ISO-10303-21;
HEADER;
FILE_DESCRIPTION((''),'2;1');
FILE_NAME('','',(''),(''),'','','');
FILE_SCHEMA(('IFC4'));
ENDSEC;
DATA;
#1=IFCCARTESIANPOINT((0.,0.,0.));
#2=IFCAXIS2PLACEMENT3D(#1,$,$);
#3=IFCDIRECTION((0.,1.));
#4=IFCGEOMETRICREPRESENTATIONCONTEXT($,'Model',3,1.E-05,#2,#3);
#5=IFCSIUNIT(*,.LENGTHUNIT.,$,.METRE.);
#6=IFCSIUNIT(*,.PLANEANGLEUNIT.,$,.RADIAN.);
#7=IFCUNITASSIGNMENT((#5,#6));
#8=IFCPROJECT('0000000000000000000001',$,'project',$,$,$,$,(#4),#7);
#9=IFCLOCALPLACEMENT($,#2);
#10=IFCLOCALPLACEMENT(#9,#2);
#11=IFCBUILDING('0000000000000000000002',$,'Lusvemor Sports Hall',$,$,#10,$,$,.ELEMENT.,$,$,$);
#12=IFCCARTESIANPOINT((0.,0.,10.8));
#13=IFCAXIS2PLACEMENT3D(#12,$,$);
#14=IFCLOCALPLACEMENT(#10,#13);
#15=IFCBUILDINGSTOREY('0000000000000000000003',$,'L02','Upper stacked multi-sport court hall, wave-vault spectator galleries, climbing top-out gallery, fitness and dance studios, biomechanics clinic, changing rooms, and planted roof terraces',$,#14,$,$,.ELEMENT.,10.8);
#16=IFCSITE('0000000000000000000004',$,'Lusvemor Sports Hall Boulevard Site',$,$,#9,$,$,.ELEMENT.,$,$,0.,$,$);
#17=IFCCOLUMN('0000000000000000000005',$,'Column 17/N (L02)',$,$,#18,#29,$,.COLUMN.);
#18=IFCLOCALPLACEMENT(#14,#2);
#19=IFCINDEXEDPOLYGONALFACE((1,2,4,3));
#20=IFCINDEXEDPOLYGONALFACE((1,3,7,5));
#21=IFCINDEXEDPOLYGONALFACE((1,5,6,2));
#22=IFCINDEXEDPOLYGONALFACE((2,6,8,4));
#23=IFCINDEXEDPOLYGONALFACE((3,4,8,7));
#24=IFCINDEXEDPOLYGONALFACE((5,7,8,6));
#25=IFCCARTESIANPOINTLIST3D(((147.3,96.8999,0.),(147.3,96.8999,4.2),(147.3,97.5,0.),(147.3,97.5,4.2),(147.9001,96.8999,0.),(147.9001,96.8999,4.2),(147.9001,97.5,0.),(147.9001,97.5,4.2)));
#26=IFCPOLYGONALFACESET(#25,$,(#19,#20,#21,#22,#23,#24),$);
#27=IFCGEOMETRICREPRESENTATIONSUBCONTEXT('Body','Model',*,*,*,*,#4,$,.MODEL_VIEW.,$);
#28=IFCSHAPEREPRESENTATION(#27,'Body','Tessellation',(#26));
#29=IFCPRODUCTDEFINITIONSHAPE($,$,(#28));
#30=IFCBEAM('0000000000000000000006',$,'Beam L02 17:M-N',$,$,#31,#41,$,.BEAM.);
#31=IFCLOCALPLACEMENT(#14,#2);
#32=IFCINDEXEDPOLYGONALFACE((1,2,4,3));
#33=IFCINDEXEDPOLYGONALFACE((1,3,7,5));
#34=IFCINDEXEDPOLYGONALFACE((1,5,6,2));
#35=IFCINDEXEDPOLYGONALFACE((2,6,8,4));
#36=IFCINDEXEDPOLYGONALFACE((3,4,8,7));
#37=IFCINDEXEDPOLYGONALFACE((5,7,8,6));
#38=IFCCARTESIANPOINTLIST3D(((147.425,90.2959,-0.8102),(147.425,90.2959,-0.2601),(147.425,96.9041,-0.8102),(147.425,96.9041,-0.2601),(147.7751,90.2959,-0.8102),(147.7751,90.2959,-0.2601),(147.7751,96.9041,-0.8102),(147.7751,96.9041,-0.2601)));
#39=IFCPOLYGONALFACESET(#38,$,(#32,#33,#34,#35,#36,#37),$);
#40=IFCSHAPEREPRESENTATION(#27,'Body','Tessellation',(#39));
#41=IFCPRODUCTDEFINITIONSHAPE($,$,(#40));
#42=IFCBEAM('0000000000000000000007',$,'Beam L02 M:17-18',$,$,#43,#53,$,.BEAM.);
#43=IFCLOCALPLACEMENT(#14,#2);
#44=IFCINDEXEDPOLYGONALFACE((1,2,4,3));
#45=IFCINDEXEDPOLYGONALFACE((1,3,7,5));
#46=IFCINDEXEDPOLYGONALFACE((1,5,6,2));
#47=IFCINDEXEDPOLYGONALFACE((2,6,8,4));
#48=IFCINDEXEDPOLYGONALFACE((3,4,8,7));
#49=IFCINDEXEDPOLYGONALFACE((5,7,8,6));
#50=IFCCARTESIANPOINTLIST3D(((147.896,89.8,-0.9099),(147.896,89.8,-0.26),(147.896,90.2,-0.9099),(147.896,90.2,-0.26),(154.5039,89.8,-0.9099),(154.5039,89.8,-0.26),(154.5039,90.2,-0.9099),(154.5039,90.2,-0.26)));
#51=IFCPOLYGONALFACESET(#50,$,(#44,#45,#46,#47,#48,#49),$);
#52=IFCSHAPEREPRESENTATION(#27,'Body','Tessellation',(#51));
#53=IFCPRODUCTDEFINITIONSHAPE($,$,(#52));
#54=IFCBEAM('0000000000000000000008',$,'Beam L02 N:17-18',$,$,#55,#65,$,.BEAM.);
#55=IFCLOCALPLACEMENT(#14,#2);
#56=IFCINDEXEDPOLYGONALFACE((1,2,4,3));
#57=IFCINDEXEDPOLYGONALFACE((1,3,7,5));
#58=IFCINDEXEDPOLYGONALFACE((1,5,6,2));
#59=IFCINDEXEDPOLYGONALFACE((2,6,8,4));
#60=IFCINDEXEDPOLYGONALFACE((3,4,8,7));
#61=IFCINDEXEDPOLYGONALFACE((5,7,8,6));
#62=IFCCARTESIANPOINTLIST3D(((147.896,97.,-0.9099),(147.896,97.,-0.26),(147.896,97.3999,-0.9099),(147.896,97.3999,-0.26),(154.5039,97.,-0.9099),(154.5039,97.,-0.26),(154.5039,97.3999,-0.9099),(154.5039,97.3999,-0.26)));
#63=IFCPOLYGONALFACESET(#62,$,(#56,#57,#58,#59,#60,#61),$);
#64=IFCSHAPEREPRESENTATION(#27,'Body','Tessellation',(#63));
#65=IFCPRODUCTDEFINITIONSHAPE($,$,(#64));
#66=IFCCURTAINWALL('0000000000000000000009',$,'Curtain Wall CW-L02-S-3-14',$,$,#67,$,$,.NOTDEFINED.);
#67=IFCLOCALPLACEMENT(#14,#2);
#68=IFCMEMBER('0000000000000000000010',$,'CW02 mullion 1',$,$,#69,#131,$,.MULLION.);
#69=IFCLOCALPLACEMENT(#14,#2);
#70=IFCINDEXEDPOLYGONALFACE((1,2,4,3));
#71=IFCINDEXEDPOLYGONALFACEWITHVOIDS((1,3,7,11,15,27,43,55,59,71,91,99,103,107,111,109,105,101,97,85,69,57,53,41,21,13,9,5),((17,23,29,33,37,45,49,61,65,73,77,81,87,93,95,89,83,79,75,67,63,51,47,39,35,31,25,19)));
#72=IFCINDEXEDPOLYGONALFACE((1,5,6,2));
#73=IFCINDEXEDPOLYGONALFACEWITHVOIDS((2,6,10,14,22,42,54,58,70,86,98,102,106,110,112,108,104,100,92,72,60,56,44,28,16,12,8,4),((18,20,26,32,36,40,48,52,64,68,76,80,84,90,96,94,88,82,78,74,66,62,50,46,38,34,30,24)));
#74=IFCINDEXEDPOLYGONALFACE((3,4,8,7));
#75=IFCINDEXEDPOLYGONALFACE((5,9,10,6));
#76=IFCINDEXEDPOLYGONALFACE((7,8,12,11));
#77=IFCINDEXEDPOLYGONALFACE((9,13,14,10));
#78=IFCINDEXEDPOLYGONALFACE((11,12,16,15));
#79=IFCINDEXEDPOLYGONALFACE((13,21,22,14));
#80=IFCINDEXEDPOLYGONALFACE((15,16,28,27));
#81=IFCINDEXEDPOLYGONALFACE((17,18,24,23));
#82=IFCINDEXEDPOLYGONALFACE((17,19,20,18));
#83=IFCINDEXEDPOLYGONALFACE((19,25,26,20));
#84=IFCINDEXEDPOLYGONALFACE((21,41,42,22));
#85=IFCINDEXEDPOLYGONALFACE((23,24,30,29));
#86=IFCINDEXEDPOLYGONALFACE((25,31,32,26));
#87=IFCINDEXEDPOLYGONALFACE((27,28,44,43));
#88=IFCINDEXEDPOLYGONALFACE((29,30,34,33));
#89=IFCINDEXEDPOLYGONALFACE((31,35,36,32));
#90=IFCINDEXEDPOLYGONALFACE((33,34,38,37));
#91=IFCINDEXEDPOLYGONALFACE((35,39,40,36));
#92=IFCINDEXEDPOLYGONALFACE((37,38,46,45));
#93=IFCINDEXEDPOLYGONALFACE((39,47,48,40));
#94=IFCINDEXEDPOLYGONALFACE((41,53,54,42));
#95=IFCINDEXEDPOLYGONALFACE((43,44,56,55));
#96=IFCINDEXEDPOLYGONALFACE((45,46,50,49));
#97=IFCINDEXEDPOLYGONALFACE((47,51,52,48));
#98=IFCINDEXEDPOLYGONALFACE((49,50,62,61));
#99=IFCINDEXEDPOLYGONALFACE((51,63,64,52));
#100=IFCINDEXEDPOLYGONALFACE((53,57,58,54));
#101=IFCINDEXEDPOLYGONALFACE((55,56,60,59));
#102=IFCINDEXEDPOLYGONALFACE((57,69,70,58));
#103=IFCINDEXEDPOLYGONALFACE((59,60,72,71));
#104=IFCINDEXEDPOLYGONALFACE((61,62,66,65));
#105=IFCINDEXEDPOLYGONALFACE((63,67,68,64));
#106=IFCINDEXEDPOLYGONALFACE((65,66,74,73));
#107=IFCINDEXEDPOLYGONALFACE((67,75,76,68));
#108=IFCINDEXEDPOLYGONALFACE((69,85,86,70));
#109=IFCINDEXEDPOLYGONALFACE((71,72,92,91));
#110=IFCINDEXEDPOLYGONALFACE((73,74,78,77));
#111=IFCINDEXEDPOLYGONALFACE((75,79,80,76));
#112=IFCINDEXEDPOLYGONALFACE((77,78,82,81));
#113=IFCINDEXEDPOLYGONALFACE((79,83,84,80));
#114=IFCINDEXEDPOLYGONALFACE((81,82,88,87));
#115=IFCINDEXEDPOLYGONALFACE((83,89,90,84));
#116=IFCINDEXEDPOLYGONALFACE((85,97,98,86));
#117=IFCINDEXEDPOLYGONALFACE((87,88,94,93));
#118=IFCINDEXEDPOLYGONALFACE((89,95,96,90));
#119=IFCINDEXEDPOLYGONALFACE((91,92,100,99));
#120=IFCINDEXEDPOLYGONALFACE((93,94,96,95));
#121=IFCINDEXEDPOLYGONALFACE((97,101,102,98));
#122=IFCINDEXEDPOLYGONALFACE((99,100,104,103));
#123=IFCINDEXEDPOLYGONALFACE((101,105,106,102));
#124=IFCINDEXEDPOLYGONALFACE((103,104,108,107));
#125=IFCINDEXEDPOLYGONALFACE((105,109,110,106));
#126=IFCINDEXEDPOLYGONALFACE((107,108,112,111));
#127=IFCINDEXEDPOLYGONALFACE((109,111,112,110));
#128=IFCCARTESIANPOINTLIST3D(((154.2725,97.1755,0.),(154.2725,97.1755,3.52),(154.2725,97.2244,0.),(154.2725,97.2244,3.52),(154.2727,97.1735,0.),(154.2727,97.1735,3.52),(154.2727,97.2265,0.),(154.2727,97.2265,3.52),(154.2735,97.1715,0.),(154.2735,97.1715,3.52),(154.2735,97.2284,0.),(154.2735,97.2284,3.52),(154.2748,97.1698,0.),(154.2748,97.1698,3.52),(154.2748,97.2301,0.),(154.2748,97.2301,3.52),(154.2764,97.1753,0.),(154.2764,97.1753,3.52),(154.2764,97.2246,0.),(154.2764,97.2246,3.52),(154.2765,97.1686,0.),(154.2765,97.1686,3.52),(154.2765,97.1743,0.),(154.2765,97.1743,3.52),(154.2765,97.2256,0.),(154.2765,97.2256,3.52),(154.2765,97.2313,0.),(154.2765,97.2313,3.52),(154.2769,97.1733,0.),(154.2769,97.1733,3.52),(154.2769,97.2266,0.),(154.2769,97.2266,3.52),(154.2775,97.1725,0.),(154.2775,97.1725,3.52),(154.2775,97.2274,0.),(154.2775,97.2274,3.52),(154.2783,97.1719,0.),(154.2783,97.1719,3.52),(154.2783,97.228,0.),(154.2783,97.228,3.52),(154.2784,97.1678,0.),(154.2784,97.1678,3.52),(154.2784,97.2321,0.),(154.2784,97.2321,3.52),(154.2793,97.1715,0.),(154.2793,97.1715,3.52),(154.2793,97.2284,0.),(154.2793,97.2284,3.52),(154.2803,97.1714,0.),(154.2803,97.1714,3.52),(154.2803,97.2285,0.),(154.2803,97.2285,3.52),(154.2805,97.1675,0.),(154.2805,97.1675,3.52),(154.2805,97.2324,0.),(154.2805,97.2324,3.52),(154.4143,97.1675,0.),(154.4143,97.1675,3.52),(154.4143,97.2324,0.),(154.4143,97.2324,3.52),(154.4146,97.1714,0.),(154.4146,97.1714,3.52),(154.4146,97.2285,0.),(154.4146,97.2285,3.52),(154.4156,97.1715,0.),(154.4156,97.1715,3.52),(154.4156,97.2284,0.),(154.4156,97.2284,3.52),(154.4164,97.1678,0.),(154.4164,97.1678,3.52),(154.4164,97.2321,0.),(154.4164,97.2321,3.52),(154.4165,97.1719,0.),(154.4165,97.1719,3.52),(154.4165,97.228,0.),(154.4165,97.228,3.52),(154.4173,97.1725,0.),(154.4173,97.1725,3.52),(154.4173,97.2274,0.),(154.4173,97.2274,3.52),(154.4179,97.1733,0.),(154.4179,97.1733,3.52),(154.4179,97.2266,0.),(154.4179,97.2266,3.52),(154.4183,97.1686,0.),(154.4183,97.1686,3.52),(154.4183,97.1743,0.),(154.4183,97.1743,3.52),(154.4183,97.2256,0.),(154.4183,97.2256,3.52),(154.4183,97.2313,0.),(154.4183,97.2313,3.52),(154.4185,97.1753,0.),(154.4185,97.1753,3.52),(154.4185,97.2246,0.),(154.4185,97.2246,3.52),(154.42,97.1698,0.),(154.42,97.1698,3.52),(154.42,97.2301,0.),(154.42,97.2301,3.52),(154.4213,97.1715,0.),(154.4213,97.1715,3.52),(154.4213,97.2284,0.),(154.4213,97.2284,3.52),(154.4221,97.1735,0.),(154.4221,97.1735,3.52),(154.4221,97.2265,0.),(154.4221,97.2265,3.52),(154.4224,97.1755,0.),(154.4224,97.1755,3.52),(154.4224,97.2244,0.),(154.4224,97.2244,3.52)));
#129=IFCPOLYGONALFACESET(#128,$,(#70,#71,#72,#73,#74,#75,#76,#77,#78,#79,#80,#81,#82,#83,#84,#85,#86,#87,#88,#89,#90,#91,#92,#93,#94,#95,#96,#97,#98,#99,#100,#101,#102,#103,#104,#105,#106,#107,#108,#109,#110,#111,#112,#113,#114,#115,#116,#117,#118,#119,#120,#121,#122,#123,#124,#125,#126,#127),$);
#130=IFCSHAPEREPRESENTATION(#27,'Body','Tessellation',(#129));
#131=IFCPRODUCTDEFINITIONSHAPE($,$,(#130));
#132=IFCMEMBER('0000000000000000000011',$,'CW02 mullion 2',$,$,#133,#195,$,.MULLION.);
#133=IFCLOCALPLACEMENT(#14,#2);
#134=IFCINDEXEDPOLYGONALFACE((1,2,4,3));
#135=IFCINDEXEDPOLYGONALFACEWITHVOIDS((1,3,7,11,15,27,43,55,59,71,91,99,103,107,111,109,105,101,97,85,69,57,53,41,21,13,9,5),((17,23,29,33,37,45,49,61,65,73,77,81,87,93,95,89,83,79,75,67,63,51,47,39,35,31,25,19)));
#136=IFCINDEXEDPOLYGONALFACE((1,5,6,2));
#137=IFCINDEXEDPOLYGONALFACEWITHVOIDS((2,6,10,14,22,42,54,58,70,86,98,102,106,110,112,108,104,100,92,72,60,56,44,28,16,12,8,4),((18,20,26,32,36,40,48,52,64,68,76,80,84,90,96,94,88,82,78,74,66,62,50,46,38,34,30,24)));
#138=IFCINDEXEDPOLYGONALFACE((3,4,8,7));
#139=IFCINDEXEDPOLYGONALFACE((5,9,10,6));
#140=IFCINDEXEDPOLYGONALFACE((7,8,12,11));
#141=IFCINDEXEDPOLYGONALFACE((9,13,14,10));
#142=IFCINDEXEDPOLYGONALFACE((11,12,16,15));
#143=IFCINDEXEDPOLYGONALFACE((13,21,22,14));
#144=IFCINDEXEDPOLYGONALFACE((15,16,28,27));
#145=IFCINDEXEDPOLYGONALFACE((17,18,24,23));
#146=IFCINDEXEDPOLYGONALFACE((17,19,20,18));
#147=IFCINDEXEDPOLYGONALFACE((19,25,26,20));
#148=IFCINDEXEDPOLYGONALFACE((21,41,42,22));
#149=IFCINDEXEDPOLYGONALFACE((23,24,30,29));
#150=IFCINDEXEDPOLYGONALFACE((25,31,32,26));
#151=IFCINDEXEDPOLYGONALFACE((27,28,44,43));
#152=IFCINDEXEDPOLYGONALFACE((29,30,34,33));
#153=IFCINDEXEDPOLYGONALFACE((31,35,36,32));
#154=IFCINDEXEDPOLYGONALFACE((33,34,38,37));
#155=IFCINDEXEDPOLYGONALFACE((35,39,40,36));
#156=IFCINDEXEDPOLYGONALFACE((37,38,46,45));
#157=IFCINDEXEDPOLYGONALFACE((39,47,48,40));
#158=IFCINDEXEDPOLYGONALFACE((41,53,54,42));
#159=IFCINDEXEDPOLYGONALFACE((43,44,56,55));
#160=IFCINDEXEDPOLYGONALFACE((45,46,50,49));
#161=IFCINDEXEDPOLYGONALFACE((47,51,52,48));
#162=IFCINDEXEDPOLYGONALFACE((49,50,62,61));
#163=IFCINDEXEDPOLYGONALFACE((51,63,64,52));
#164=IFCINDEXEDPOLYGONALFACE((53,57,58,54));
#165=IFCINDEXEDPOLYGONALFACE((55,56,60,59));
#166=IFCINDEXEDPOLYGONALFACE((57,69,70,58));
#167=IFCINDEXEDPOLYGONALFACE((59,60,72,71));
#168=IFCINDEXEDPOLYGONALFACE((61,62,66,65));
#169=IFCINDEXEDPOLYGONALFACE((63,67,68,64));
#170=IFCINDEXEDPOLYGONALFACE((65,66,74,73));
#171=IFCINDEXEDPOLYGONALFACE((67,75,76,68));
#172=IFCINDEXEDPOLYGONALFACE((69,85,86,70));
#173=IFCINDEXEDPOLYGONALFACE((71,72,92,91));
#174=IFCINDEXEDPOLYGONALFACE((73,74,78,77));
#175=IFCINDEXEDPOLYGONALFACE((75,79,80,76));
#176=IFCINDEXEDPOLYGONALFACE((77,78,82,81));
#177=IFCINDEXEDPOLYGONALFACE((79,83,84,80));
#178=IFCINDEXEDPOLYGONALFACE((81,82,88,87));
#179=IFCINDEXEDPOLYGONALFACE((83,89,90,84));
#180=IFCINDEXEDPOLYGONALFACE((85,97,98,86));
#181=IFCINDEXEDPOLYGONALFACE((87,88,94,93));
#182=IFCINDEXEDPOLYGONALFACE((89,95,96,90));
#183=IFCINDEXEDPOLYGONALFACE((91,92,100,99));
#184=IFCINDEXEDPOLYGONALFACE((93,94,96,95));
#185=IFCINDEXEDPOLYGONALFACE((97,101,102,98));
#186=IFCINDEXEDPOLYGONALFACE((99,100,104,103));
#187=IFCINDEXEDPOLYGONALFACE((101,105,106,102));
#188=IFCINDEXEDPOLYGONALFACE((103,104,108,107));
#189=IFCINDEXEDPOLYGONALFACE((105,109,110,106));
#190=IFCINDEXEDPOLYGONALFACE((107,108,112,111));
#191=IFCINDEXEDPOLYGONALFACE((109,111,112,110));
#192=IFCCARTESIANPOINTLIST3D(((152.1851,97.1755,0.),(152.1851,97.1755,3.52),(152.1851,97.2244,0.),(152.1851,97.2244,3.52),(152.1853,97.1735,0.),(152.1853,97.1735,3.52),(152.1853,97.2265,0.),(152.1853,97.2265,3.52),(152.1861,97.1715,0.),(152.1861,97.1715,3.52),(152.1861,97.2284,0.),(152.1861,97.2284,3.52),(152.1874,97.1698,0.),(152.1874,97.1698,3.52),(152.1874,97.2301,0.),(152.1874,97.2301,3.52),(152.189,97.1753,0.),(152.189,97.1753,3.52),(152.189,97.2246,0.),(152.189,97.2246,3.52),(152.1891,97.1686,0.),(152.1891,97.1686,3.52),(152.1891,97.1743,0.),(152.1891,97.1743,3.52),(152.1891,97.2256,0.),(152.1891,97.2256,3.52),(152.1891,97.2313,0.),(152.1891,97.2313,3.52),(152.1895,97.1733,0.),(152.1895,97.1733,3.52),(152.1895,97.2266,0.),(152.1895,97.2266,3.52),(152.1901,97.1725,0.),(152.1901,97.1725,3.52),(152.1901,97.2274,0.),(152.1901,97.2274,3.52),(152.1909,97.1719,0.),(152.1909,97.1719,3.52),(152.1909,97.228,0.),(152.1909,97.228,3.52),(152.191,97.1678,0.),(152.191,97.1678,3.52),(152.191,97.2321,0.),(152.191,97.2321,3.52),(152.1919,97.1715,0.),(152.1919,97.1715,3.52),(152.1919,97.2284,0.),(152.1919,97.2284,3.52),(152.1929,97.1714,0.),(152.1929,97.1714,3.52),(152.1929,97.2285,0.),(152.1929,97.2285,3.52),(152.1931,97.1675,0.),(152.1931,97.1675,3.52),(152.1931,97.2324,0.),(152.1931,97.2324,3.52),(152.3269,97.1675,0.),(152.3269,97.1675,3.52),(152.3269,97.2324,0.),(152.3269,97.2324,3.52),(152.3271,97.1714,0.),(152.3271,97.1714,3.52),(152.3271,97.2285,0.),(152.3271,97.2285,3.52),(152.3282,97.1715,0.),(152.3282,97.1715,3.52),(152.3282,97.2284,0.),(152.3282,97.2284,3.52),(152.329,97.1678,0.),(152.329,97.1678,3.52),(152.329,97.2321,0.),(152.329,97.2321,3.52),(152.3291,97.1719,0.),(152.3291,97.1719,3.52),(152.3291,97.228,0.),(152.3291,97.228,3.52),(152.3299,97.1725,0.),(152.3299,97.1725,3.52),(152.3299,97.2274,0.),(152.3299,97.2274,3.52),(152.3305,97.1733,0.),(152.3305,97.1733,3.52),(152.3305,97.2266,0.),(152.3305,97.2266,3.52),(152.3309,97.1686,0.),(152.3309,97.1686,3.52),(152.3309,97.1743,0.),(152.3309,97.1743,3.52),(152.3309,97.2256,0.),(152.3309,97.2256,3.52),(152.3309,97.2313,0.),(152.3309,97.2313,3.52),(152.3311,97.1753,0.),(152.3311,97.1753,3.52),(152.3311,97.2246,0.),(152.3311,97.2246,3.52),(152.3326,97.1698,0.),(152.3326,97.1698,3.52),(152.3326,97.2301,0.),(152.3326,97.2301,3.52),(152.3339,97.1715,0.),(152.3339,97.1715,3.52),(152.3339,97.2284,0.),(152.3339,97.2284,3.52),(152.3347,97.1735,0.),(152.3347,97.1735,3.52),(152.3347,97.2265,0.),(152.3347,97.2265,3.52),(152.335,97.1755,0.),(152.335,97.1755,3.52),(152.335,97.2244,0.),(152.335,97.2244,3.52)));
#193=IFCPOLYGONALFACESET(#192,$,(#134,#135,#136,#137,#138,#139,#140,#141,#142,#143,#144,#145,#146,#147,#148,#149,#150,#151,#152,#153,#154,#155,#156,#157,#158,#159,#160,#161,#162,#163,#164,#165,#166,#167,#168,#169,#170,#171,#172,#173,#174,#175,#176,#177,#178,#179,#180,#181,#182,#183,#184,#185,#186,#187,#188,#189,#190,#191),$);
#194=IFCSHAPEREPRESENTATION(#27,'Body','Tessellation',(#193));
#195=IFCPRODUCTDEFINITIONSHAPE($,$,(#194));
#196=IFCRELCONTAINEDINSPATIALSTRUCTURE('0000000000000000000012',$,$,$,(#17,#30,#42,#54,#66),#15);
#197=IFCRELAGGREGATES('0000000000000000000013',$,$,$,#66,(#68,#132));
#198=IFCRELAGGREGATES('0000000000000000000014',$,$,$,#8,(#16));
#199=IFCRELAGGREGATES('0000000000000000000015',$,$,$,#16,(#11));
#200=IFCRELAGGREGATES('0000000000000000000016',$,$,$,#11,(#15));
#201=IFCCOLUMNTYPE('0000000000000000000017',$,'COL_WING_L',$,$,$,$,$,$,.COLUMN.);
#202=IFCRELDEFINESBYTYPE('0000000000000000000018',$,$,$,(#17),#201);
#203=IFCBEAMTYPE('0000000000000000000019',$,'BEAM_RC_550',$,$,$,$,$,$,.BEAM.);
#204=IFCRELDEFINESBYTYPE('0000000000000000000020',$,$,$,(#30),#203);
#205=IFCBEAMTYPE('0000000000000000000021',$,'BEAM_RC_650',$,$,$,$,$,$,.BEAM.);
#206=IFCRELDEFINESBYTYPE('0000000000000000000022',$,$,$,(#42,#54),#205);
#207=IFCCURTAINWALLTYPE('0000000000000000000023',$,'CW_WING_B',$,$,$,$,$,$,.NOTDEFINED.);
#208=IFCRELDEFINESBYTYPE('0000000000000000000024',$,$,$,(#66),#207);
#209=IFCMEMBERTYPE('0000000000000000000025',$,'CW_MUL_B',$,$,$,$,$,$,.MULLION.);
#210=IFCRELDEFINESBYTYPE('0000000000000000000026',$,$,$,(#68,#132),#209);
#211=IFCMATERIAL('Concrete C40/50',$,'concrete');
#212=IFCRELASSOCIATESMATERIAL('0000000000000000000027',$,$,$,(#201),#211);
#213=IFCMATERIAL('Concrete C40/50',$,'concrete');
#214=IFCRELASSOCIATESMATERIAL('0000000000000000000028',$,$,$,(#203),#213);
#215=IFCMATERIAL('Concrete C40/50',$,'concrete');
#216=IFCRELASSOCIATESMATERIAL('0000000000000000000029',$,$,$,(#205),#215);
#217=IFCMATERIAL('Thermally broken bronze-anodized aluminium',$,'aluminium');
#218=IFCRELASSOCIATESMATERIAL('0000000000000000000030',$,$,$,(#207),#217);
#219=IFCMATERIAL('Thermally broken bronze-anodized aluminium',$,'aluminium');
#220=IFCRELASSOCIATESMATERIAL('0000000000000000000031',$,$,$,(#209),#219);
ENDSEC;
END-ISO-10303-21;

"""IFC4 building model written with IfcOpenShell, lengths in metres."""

from ifc_helpers import new_model, si_unit, direction, frame, origin, origin_2d, place, context, subcontext, project, spatial, rectangle, hollow_rectangle, extrude, material, material_profile, profile_set, type_object, element, aggregate, save


model = new_model("IFC4")

# Units and contexts
model_context = context("Model", 3, precision=1e-05, world=origin(), true_north=direction((0.0, 1.0)))
body_context = subcontext(model_context, "Body", "Model", "MODEL_VIEW")
ifc_project = project(units=[si_unit("LENGTHUNIT", "METRE"), si_unit("PLANEANGLEUNIT", "RADIAN")], contexts=[model_context])

# Site, building, storey
site_placement = place(None, origin())
site = spatial("IfcSite", under=ifc_project, at=site_placement, Name="Lusvemor Sports Hall Boulevard Site", CompositionType="ELEMENT", RefElevation=0.0)
building_placement = place(site_placement, origin())
building = spatial("IfcBuilding", under=site, at=building_placement, Name="Lusvemor Sports Hall", CompositionType="ELEMENT")
storey_placement = place(building_placement, frame((0.0, 0.0, 10.8)))
storey = spatial("IfcBuildingStorey", under=building, at=storey_placement, Name="L02", Description="Upper stacked multi-sport court hall, wave-vault spectator galleries, climbing top-out gallery, fitness and dance studios, biomechanics clinic, changing rooms, and planted roof terraces", CompositionType="ELEMENT", Elevation=10.8)

# Column
ifc_material_1 = material(Name="Concrete C40/50", Category="concrete")
ifc_material_profile_1 = material_profile(ifc_material_1, rectangle(XDim=0.6001, YDim=0.6001, at=origin_2d()), Name="RC600x600")
ifc_profile_set_1 = profile_set([ifc_material_profile_1], Name="Concrete C40/50")
column_type = type_object("IfcColumnType", Name="COL_WING_L", PredefinedType="COLUMN", material=ifc_profile_set_1)
column_placement = place(storey_placement, frame((147.6001, 97.2, 0.0), z_axis=(0.0, 0.0, 1.0), x_axis=(1.0, 0.0, 0.0)))
element("IfcColumn", 1, at=column_placement, inside=storey, type_object=column_type, Name="Column 17/N (L02)", PredefinedType="COLUMN", context=body_context, shape_type="SweptSolid", body=[
    extrude(rectangle(XDim=0.6001, YDim=0.6001, at=origin_2d()), origin(), (0.0, 0.0, 1.0), 4.2),
])

# Beams
ifc_material_2 = material(Name="Concrete C40/50", Category="concrete")
ifc_material_profile_2 = material_profile(ifc_material_2, rectangle(XDim=0.3501, YDim=0.55, at=origin_2d()), Name="RC350x550")
ifc_profile_set_2 = profile_set([ifc_material_profile_2], Name="Concrete C40/50")
beam_type_1 = type_object("IfcBeamType", Name="BEAM_RC_550", PredefinedType="BEAM", material=ifc_profile_set_2)
beam_1_placement = place(storey_placement, frame((147.6001, 90.2959, -0.5352), z_axis=(0.0, 1.0, 0.0), x_axis=(-1.0, 0.0, 0.0)))
element("IfcBeam", 2, at=beam_1_placement, inside=storey, type_object=beam_type_1, Name="Beam L02 17:M-N", PredefinedType="BEAM", context=body_context, shape_type="SweptSolid", body=[
    extrude(rectangle(XDim=0.3501, YDim=0.55, at=origin_2d()), origin(), (0.0, 0.0, 1.0), 6.6082),
])
ifc_material_3 = material(Name="Concrete C40/50", Category="concrete")
ifc_material_profile_3 = material_profile(ifc_material_3, rectangle(XDim=0.3999, YDim=0.6499, at=origin_2d()), Name="RC400x650")
ifc_profile_set_3 = profile_set([ifc_material_profile_3], Name="Concrete C40/50")
beam_type_2 = type_object("IfcBeamType", Name="BEAM_RC_650", PredefinedType="BEAM", material=ifc_profile_set_3)
for number, where, z_axis, x_axis, name in (
    (3, (147.896, 90.0, -0.585), (1.0, 0.0, 0.0), (0.0, 1.0, 0.0), "Beam L02 M:17-18"),
    (4, (147.896, 97.2, -0.585), (1.0, 0.0, 0.0), (0.0, 1.0, 0.0), "Beam L02 N:17-18"),
):
    element("IfcBeam", number, at=place(storey_placement, frame(where, z_axis=z_axis, x_axis=x_axis)), inside=storey, type_object=beam_type_2, Name=name, PredefinedType="BEAM", context=body_context, shape_type="SweptSolid", body=[
        extrude(rectangle(XDim=0.3999, YDim=0.6499, at=origin_2d()), origin(), (0.0, 0.0, 1.0), 6.6079),
    ])

# Curtain wall, members
ifc_material_4 = material(Name="Thermally broken bronze-anodized aluminium", Category="aluminium")
curtain_wall_type = type_object("IfcCurtainWallType", Name="CW_WING_B", PredefinedType="NOTDEFINED", material=ifc_material_4)
curtain_wall_placement = place(storey_placement, origin())
curtain_wall = element("IfcCurtainWall", 5, at=curtain_wall_placement, inside=storey, type_object=curtain_wall_type, Name="Curtain Wall CW-L02-S-3-14", PredefinedType="NOTDEFINED")
ifc_material_5 = material(Name="Thermally broken bronze-anodized aluminium", Category="aluminium")
ifc_material_profile_4 = material_profile(ifc_material_5, hollow_rectangle(XDim=0.0649, YDim=0.1499, WallThickness=0.0039, InnerFilletRadius=0.0039, OuterFilletRadius=0.0081, at=origin_2d()), Name="CWMUL150x65x4")
ifc_profile_set_4 = profile_set([ifc_material_profile_4], Name="Thermally broken bronze-anodized aluminium")
member_type_1 = type_object("IfcMemberType", Name="CW_MUL_B", PredefinedType="MULLION", material=ifc_profile_set_4)
member_1_placement = place(storey_placement, frame((154.3474, 97.2, 0.0), z_axis=(0.0, 0.0, 1.0), x_axis=(0.0, -1.0, 0.0)))
member_1 = element("IfcMember", 6, at=member_1_placement, type_object=member_type_1, Name="CW02 mullion 1", PredefinedType="MULLION", context=body_context, shape_type="SweptSolid", body=[
    extrude(hollow_rectangle(XDim=0.0649, YDim=0.1499, WallThickness=0.0039, InnerFilletRadius=0.0039, OuterFilletRadius=0.0081, at=origin_2d()), origin(), (0.0, 0.0, 1.0), 3.52),
])
member_2_placement = place(storey_placement, frame((152.26, 97.2, 0.0), z_axis=(0.0, 0.0, 1.0), x_axis=(0.0, -1.0, 0.0)))
member_2 = element("IfcMember", 7, at=member_2_placement, type_object=member_type_1, Name="CW02 mullion 2", PredefinedType="MULLION", context=body_context, shape_type="SweptSolid", body=[
    extrude(hollow_rectangle(XDim=0.0649, YDim=0.1499, WallThickness=0.0039, InnerFilletRadius=0.0039, OuterFilletRadius=0.0081, at=origin_2d()), origin(), (0.0, 0.0, 1.0), 3.52),
])

aggregate(curtain_wall, [member_1, member_2])

save(model, "model.ifc")
